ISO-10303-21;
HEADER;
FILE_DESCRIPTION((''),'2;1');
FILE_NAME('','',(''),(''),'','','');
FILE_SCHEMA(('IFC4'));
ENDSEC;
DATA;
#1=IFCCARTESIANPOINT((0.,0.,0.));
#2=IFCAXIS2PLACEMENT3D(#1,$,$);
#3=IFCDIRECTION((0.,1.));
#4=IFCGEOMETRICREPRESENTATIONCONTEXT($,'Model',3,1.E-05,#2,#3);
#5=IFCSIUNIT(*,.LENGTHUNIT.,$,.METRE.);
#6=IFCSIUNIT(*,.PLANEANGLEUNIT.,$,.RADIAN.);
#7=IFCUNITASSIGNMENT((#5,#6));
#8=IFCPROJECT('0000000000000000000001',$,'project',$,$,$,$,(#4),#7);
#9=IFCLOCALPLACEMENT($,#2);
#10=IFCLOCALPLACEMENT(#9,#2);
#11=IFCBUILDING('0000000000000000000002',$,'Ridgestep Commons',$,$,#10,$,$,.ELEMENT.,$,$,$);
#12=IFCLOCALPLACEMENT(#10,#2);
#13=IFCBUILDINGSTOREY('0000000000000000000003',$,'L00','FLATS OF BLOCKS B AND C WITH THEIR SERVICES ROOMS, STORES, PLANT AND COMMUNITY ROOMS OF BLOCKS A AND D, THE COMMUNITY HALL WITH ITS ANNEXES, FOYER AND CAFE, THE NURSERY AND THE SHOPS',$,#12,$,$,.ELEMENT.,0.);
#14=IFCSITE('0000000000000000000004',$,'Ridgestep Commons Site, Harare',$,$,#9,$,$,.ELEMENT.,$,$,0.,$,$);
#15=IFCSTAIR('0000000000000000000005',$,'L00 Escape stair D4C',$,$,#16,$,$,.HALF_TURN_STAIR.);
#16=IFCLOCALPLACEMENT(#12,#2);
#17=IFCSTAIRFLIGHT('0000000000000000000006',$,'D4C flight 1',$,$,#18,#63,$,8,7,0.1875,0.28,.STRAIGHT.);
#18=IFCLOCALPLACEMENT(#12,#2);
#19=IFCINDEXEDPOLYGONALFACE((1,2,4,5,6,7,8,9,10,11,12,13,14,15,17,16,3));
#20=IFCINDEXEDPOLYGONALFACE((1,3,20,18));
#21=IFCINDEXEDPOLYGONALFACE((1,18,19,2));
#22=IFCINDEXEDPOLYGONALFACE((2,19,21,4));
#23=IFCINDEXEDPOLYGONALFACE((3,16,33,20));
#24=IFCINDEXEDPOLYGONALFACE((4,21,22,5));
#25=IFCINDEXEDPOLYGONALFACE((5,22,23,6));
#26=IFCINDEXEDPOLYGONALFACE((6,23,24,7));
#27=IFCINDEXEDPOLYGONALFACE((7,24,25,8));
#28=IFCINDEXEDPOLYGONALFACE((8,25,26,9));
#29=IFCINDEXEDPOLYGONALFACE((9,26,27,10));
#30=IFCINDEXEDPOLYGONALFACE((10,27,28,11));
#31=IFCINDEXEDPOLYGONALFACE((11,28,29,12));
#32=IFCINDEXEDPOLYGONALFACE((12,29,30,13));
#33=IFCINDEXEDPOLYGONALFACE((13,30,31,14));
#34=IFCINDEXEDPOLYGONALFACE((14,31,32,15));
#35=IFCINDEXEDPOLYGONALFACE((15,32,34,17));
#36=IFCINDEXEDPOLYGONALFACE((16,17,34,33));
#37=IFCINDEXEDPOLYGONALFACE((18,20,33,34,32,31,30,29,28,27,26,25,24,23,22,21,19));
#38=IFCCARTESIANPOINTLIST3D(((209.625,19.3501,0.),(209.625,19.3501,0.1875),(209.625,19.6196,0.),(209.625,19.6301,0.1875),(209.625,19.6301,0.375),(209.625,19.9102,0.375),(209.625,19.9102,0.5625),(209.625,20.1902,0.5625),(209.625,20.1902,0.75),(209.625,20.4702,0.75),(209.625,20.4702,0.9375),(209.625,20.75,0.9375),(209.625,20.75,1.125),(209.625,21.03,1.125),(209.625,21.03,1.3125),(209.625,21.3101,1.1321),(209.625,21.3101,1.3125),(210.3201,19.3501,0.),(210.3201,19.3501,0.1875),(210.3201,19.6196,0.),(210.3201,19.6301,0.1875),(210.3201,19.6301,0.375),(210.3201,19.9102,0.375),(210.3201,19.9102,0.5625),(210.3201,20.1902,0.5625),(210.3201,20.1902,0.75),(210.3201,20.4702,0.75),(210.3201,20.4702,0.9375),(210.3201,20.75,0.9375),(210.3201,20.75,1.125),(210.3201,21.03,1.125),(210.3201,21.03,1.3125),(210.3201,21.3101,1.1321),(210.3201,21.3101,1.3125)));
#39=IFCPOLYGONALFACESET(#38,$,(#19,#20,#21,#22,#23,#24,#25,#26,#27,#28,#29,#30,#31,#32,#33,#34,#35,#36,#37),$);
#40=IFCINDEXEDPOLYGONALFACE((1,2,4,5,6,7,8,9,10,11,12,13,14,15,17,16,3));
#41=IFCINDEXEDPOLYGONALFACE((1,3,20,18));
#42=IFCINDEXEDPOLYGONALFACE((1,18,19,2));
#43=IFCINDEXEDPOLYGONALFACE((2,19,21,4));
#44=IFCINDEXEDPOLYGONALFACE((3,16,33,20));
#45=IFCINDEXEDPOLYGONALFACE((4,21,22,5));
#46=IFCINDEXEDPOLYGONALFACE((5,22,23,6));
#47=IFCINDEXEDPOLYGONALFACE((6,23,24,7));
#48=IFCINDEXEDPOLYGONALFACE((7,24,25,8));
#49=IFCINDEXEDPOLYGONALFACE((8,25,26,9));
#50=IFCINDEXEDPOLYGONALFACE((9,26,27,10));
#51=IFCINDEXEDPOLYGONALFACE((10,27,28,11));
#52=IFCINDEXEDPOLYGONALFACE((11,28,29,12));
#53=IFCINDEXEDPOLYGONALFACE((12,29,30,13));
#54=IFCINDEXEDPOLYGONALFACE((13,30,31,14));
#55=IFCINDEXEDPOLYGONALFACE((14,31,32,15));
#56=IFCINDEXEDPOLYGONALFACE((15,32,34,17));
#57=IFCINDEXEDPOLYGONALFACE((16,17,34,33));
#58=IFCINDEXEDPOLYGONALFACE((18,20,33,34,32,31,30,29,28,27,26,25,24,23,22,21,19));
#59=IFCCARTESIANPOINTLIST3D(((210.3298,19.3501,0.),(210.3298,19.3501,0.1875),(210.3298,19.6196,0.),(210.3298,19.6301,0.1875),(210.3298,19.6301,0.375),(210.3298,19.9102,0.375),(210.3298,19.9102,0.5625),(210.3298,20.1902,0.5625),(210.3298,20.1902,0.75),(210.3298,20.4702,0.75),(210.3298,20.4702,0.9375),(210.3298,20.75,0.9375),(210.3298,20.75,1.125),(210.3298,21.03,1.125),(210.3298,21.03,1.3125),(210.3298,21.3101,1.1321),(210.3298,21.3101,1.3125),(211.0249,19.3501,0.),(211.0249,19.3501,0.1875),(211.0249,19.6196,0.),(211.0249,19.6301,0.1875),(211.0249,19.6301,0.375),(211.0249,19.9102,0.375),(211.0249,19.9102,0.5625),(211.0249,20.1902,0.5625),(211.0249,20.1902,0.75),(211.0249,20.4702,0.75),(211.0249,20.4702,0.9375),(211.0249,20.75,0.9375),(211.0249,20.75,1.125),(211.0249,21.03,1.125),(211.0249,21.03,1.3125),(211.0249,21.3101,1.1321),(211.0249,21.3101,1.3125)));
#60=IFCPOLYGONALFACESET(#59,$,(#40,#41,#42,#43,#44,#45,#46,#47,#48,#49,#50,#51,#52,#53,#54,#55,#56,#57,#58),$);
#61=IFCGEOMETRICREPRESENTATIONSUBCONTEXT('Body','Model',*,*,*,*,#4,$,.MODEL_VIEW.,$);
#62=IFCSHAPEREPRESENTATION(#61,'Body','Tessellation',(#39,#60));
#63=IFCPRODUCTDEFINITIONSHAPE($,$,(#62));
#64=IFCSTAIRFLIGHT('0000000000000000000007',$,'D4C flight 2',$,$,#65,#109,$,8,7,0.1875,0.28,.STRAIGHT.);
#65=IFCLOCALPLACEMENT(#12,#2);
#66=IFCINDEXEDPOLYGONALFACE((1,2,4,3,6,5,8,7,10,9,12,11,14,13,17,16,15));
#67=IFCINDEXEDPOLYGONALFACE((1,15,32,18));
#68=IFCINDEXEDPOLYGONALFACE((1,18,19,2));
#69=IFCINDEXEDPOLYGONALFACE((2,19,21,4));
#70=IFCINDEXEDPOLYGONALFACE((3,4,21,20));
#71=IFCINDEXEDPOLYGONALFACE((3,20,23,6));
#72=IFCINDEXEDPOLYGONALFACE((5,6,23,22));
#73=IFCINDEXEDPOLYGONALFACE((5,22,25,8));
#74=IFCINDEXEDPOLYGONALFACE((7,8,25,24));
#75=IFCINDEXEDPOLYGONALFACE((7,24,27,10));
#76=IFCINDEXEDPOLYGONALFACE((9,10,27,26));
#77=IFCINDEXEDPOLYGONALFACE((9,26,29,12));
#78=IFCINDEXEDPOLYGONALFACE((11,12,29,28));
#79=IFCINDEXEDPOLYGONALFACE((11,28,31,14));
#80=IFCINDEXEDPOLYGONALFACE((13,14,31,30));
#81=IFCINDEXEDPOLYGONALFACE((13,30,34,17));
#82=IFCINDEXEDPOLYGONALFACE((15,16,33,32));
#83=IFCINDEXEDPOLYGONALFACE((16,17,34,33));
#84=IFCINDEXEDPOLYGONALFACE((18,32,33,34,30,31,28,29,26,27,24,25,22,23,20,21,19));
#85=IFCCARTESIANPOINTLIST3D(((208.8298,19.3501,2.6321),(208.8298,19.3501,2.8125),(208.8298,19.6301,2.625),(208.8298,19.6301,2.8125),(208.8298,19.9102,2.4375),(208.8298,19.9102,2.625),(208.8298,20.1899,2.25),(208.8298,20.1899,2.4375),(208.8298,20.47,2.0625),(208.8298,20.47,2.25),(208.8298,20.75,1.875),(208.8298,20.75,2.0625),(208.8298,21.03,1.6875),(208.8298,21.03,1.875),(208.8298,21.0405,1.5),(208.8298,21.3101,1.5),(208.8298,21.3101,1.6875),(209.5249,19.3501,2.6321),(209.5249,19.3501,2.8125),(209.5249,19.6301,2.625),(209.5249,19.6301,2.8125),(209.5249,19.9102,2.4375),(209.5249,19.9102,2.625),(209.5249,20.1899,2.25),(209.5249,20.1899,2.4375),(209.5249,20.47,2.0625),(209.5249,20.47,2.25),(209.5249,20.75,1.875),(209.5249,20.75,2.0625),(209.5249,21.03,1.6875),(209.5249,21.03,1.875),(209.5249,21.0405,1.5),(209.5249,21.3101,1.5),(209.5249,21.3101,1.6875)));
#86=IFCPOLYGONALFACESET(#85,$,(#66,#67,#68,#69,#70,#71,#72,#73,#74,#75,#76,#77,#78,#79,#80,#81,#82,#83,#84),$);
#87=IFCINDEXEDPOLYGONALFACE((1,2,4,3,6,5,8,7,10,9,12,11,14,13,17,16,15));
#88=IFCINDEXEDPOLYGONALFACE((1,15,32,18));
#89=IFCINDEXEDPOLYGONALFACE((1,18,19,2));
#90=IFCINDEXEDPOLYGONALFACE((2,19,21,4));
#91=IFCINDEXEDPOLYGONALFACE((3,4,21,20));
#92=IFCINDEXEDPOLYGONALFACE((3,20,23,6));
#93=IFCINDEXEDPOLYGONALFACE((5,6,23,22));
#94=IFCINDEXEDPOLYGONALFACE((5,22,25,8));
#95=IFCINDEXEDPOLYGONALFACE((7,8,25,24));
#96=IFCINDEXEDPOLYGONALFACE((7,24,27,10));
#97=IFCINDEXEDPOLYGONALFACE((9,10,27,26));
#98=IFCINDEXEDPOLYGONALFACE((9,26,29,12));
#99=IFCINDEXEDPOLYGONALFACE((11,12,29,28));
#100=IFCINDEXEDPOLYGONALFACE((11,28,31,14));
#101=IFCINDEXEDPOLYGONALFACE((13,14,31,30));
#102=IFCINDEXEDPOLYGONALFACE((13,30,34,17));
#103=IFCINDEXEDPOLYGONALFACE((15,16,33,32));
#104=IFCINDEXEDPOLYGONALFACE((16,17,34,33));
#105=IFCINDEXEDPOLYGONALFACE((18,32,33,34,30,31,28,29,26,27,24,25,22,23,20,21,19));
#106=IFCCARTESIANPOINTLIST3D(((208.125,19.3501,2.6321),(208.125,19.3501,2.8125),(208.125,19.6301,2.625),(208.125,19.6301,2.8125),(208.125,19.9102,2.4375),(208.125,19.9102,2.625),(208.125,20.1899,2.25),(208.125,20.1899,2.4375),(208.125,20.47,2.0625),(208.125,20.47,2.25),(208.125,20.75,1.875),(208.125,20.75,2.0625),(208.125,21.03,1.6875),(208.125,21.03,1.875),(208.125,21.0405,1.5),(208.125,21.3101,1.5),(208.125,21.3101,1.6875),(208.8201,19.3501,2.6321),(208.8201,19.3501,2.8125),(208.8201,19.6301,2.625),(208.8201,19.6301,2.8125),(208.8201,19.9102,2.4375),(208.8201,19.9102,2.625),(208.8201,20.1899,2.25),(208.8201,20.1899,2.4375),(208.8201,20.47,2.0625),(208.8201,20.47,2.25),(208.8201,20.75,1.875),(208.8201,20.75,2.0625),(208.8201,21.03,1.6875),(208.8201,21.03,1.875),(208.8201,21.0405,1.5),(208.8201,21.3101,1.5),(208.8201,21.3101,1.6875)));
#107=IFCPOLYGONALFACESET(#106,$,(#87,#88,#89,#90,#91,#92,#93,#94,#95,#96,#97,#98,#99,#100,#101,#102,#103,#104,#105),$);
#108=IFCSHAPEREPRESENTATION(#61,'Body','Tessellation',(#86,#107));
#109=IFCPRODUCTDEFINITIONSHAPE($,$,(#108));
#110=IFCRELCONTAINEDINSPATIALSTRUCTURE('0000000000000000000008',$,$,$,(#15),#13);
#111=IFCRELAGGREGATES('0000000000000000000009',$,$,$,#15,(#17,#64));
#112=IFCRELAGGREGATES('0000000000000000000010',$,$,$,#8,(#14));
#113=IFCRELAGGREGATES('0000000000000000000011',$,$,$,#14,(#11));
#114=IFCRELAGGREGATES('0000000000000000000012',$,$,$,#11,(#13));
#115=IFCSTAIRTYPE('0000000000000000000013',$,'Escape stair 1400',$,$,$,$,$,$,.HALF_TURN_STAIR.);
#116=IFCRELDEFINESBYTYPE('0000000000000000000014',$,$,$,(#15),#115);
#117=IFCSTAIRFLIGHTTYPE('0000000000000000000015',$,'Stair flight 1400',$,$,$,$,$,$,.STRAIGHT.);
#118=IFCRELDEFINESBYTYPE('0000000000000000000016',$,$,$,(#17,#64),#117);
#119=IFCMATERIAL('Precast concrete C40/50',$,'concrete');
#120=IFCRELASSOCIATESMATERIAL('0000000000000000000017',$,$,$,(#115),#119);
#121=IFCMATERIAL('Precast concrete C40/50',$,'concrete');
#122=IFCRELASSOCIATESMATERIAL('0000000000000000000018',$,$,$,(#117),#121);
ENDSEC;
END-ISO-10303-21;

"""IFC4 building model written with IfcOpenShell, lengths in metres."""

from ifc_helpers import new_model, si_unit, direction, frame, origin, place, context, subcontext, project, spatial, polyline, outline, extrude, material, type_object, element, aggregate, save


model = new_model("IFC4")

# Units and contexts
model_context = context("Model", 3, precision=1e-05, world=origin(), true_north=direction((0.0, 1.0)))
body_context = subcontext(model_context, "Body", "Model", "MODEL_VIEW")
ifc_project = project(units=[si_unit("LENGTHUNIT", "METRE"), si_unit("PLANEANGLEUNIT", "RADIAN")], contexts=[model_context])

# Site, building, storey
site_placement = place(None, origin())
site = spatial("IfcSite", under=ifc_project, at=site_placement, Name="Ridgestep Commons Site, Harare", CompositionType="ELEMENT", RefElevation=0.0)
building_placement = place(site_placement, origin())
building = spatial("IfcBuilding", under=site, at=building_placement, Name="Ridgestep Commons", CompositionType="ELEMENT")
storey_placement = place(building_placement, origin())
storey = spatial("IfcBuildingStorey", under=building, at=storey_placement, Name="L00", Description="FLATS OF BLOCKS B AND C WITH THEIR SERVICES ROOMS, STORES, PLANT AND COMMUNITY ROOMS OF BLOCKS A AND D, THE COMMUNITY HALL WITH ITS ANNEXES, FOYER AND CAFE, THE NURSERY AND THE SHOPS", CompositionType="ELEMENT", Elevation=0.0)

# Stair, stair flights
ifc_material_1 = material(Name="Precast concrete C40/50", Category="concrete")
stair_type = type_object("IfcStairType", Name="Escape stair 1400", PredefinedType="HALF_TURN_STAIR", material=ifc_material_1)
stair_placement = place(storey_placement, origin())
stair = element("IfcStair", 1, at=stair_placement, inside=storey, type_object=stair_type, Name="L00 Escape stair D4C", PredefinedType="HALF_TURN_STAIR")
ifc_material_2 = material(Name="Precast concrete C40/50", Category="concrete")
stair_flight_type = type_object("IfcStairFlightType", Name="Stair flight 1400", PredefinedType="STRAIGHT", material=ifc_material_2)
stair_flight_1_placement = place(storey_placement, frame((210.325, 19.3501, 0.0), z_axis=(0.0, 0.0, 1.0), x_axis=(0.0, 1.0, 0.0)))
stair_flight_1 = element("IfcStairFlight", 2, at=stair_flight_1_placement, type_object=stair_flight_type, Name="D4C flight 1", NumberOfRisers=8, NumberOfTreads=7, PredefinedType="STRAIGHT", RiserHeight=0.1875, TreadLength=0.28, context=body_context, shape_type="SweptSolid", body=[
    extrude(outline(polyline([(0.0, 0.0), (0.0, 0.1875), (0.28, 0.1875), (0.28, 0.375), (0.5601, 0.375), (0.5601, 0.5625), (0.8401, 0.5625), (0.8401, 0.75), (1.1201, 0.75), (1.1201, 0.9375), (1.3999, 0.9375), (1.3999, 1.125), (1.6799, 1.125), (1.6799, 1.3125), (1.96, 1.3125), (1.96, 1.5), (1.96, 1.1321), (0.2695, 0.0), (0.0, 0.0)])), frame((0.0, 0.7, 0.0), z_axis=(0.0, -1.0, 0.0), x_axis=(1.0, 0.0, 0.0)), (0.0, 0.0, 1.0), 0.6951),
    extrude(outline(polyline([(0.0, 0.0), (0.0, 0.1875), (0.28, 0.1875), (0.28, 0.375), (0.5601, 0.375), (0.5601, 0.5625), (0.8401, 0.5625), (0.8401, 0.75), (1.1201, 0.75), (1.1201, 0.9375), (1.3999, 0.9375), (1.3999, 1.125), (1.6799, 1.125), (1.6799, 1.3125), (1.96, 1.3125), (1.96, 1.5), (1.96, 1.1321), (0.2695, 0.0), (0.0, 0.0)])), frame((0.0, -0.0049, 0.0), z_axis=(0.0, -1.0, 0.0), x_axis=(1.0, 0.0, 0.0)), (0.0, 0.0, 1.0), 0.6951),
])
stair_flight_2_placement = place(storey_placement, frame((208.825, 21.3101, 1.5), z_axis=(0.0, 0.0, 1.0), x_axis=(0.0, -1.0, 0.0)))
stair_flight_2 = element("IfcStairFlight", 3, at=stair_flight_2_placement, type_object=stair_flight_type, Name="D4C flight 2", NumberOfRisers=8, NumberOfTreads=7, PredefinedType="STRAIGHT", RiserHeight=0.1875, TreadLength=0.28, context=body_context, shape_type="SweptSolid", body=[
    extrude(outline(polyline([(0.0, 0.0), (0.0, 0.1875), (0.28, 0.1875), (0.28, 0.375), (0.5601, 0.375), (0.5601, 0.5625), (0.8401, 0.5625), (0.8401, 0.75), (1.1201, 0.75), (1.1201, 0.9375), (1.3999, 0.9375), (1.3999, 1.125), (1.6799, 1.125), (1.6799, 1.3125), (1.96, 1.3125), (1.96, 1.5), (1.96, 1.1321), (0.2695, 0.0), (0.0, 0.0)])), frame((0.0, 0.7, 0.0), z_axis=(0.0, -1.0, 0.0), x_axis=(1.0, 0.0, 0.0)), (0.0, 0.0, 1.0), 0.6951),
    extrude(outline(polyline([(0.0, 0.0), (0.0, 0.1875), (0.28, 0.1875), (0.28, 0.375), (0.5601, 0.375), (0.5601, 0.5625), (0.8401, 0.5625), (0.8401, 0.75), (1.1201, 0.75), (1.1201, 0.9375), (1.3999, 0.9375), (1.3999, 1.125), (1.6799, 1.125), (1.6799, 1.3125), (1.96, 1.3125), (1.96, 1.5), (1.96, 1.1321), (0.2695, 0.0), (0.0, 0.0)])), frame((0.0, -0.0049, 0.0), z_axis=(0.0, -1.0, 0.0), x_axis=(1.0, 0.0, 0.0)), (0.0, 0.0, 1.0), 0.6951),
])
aggregate(stair, [stair_flight_1, stair_flight_2])

save(model, "model.ifc")
